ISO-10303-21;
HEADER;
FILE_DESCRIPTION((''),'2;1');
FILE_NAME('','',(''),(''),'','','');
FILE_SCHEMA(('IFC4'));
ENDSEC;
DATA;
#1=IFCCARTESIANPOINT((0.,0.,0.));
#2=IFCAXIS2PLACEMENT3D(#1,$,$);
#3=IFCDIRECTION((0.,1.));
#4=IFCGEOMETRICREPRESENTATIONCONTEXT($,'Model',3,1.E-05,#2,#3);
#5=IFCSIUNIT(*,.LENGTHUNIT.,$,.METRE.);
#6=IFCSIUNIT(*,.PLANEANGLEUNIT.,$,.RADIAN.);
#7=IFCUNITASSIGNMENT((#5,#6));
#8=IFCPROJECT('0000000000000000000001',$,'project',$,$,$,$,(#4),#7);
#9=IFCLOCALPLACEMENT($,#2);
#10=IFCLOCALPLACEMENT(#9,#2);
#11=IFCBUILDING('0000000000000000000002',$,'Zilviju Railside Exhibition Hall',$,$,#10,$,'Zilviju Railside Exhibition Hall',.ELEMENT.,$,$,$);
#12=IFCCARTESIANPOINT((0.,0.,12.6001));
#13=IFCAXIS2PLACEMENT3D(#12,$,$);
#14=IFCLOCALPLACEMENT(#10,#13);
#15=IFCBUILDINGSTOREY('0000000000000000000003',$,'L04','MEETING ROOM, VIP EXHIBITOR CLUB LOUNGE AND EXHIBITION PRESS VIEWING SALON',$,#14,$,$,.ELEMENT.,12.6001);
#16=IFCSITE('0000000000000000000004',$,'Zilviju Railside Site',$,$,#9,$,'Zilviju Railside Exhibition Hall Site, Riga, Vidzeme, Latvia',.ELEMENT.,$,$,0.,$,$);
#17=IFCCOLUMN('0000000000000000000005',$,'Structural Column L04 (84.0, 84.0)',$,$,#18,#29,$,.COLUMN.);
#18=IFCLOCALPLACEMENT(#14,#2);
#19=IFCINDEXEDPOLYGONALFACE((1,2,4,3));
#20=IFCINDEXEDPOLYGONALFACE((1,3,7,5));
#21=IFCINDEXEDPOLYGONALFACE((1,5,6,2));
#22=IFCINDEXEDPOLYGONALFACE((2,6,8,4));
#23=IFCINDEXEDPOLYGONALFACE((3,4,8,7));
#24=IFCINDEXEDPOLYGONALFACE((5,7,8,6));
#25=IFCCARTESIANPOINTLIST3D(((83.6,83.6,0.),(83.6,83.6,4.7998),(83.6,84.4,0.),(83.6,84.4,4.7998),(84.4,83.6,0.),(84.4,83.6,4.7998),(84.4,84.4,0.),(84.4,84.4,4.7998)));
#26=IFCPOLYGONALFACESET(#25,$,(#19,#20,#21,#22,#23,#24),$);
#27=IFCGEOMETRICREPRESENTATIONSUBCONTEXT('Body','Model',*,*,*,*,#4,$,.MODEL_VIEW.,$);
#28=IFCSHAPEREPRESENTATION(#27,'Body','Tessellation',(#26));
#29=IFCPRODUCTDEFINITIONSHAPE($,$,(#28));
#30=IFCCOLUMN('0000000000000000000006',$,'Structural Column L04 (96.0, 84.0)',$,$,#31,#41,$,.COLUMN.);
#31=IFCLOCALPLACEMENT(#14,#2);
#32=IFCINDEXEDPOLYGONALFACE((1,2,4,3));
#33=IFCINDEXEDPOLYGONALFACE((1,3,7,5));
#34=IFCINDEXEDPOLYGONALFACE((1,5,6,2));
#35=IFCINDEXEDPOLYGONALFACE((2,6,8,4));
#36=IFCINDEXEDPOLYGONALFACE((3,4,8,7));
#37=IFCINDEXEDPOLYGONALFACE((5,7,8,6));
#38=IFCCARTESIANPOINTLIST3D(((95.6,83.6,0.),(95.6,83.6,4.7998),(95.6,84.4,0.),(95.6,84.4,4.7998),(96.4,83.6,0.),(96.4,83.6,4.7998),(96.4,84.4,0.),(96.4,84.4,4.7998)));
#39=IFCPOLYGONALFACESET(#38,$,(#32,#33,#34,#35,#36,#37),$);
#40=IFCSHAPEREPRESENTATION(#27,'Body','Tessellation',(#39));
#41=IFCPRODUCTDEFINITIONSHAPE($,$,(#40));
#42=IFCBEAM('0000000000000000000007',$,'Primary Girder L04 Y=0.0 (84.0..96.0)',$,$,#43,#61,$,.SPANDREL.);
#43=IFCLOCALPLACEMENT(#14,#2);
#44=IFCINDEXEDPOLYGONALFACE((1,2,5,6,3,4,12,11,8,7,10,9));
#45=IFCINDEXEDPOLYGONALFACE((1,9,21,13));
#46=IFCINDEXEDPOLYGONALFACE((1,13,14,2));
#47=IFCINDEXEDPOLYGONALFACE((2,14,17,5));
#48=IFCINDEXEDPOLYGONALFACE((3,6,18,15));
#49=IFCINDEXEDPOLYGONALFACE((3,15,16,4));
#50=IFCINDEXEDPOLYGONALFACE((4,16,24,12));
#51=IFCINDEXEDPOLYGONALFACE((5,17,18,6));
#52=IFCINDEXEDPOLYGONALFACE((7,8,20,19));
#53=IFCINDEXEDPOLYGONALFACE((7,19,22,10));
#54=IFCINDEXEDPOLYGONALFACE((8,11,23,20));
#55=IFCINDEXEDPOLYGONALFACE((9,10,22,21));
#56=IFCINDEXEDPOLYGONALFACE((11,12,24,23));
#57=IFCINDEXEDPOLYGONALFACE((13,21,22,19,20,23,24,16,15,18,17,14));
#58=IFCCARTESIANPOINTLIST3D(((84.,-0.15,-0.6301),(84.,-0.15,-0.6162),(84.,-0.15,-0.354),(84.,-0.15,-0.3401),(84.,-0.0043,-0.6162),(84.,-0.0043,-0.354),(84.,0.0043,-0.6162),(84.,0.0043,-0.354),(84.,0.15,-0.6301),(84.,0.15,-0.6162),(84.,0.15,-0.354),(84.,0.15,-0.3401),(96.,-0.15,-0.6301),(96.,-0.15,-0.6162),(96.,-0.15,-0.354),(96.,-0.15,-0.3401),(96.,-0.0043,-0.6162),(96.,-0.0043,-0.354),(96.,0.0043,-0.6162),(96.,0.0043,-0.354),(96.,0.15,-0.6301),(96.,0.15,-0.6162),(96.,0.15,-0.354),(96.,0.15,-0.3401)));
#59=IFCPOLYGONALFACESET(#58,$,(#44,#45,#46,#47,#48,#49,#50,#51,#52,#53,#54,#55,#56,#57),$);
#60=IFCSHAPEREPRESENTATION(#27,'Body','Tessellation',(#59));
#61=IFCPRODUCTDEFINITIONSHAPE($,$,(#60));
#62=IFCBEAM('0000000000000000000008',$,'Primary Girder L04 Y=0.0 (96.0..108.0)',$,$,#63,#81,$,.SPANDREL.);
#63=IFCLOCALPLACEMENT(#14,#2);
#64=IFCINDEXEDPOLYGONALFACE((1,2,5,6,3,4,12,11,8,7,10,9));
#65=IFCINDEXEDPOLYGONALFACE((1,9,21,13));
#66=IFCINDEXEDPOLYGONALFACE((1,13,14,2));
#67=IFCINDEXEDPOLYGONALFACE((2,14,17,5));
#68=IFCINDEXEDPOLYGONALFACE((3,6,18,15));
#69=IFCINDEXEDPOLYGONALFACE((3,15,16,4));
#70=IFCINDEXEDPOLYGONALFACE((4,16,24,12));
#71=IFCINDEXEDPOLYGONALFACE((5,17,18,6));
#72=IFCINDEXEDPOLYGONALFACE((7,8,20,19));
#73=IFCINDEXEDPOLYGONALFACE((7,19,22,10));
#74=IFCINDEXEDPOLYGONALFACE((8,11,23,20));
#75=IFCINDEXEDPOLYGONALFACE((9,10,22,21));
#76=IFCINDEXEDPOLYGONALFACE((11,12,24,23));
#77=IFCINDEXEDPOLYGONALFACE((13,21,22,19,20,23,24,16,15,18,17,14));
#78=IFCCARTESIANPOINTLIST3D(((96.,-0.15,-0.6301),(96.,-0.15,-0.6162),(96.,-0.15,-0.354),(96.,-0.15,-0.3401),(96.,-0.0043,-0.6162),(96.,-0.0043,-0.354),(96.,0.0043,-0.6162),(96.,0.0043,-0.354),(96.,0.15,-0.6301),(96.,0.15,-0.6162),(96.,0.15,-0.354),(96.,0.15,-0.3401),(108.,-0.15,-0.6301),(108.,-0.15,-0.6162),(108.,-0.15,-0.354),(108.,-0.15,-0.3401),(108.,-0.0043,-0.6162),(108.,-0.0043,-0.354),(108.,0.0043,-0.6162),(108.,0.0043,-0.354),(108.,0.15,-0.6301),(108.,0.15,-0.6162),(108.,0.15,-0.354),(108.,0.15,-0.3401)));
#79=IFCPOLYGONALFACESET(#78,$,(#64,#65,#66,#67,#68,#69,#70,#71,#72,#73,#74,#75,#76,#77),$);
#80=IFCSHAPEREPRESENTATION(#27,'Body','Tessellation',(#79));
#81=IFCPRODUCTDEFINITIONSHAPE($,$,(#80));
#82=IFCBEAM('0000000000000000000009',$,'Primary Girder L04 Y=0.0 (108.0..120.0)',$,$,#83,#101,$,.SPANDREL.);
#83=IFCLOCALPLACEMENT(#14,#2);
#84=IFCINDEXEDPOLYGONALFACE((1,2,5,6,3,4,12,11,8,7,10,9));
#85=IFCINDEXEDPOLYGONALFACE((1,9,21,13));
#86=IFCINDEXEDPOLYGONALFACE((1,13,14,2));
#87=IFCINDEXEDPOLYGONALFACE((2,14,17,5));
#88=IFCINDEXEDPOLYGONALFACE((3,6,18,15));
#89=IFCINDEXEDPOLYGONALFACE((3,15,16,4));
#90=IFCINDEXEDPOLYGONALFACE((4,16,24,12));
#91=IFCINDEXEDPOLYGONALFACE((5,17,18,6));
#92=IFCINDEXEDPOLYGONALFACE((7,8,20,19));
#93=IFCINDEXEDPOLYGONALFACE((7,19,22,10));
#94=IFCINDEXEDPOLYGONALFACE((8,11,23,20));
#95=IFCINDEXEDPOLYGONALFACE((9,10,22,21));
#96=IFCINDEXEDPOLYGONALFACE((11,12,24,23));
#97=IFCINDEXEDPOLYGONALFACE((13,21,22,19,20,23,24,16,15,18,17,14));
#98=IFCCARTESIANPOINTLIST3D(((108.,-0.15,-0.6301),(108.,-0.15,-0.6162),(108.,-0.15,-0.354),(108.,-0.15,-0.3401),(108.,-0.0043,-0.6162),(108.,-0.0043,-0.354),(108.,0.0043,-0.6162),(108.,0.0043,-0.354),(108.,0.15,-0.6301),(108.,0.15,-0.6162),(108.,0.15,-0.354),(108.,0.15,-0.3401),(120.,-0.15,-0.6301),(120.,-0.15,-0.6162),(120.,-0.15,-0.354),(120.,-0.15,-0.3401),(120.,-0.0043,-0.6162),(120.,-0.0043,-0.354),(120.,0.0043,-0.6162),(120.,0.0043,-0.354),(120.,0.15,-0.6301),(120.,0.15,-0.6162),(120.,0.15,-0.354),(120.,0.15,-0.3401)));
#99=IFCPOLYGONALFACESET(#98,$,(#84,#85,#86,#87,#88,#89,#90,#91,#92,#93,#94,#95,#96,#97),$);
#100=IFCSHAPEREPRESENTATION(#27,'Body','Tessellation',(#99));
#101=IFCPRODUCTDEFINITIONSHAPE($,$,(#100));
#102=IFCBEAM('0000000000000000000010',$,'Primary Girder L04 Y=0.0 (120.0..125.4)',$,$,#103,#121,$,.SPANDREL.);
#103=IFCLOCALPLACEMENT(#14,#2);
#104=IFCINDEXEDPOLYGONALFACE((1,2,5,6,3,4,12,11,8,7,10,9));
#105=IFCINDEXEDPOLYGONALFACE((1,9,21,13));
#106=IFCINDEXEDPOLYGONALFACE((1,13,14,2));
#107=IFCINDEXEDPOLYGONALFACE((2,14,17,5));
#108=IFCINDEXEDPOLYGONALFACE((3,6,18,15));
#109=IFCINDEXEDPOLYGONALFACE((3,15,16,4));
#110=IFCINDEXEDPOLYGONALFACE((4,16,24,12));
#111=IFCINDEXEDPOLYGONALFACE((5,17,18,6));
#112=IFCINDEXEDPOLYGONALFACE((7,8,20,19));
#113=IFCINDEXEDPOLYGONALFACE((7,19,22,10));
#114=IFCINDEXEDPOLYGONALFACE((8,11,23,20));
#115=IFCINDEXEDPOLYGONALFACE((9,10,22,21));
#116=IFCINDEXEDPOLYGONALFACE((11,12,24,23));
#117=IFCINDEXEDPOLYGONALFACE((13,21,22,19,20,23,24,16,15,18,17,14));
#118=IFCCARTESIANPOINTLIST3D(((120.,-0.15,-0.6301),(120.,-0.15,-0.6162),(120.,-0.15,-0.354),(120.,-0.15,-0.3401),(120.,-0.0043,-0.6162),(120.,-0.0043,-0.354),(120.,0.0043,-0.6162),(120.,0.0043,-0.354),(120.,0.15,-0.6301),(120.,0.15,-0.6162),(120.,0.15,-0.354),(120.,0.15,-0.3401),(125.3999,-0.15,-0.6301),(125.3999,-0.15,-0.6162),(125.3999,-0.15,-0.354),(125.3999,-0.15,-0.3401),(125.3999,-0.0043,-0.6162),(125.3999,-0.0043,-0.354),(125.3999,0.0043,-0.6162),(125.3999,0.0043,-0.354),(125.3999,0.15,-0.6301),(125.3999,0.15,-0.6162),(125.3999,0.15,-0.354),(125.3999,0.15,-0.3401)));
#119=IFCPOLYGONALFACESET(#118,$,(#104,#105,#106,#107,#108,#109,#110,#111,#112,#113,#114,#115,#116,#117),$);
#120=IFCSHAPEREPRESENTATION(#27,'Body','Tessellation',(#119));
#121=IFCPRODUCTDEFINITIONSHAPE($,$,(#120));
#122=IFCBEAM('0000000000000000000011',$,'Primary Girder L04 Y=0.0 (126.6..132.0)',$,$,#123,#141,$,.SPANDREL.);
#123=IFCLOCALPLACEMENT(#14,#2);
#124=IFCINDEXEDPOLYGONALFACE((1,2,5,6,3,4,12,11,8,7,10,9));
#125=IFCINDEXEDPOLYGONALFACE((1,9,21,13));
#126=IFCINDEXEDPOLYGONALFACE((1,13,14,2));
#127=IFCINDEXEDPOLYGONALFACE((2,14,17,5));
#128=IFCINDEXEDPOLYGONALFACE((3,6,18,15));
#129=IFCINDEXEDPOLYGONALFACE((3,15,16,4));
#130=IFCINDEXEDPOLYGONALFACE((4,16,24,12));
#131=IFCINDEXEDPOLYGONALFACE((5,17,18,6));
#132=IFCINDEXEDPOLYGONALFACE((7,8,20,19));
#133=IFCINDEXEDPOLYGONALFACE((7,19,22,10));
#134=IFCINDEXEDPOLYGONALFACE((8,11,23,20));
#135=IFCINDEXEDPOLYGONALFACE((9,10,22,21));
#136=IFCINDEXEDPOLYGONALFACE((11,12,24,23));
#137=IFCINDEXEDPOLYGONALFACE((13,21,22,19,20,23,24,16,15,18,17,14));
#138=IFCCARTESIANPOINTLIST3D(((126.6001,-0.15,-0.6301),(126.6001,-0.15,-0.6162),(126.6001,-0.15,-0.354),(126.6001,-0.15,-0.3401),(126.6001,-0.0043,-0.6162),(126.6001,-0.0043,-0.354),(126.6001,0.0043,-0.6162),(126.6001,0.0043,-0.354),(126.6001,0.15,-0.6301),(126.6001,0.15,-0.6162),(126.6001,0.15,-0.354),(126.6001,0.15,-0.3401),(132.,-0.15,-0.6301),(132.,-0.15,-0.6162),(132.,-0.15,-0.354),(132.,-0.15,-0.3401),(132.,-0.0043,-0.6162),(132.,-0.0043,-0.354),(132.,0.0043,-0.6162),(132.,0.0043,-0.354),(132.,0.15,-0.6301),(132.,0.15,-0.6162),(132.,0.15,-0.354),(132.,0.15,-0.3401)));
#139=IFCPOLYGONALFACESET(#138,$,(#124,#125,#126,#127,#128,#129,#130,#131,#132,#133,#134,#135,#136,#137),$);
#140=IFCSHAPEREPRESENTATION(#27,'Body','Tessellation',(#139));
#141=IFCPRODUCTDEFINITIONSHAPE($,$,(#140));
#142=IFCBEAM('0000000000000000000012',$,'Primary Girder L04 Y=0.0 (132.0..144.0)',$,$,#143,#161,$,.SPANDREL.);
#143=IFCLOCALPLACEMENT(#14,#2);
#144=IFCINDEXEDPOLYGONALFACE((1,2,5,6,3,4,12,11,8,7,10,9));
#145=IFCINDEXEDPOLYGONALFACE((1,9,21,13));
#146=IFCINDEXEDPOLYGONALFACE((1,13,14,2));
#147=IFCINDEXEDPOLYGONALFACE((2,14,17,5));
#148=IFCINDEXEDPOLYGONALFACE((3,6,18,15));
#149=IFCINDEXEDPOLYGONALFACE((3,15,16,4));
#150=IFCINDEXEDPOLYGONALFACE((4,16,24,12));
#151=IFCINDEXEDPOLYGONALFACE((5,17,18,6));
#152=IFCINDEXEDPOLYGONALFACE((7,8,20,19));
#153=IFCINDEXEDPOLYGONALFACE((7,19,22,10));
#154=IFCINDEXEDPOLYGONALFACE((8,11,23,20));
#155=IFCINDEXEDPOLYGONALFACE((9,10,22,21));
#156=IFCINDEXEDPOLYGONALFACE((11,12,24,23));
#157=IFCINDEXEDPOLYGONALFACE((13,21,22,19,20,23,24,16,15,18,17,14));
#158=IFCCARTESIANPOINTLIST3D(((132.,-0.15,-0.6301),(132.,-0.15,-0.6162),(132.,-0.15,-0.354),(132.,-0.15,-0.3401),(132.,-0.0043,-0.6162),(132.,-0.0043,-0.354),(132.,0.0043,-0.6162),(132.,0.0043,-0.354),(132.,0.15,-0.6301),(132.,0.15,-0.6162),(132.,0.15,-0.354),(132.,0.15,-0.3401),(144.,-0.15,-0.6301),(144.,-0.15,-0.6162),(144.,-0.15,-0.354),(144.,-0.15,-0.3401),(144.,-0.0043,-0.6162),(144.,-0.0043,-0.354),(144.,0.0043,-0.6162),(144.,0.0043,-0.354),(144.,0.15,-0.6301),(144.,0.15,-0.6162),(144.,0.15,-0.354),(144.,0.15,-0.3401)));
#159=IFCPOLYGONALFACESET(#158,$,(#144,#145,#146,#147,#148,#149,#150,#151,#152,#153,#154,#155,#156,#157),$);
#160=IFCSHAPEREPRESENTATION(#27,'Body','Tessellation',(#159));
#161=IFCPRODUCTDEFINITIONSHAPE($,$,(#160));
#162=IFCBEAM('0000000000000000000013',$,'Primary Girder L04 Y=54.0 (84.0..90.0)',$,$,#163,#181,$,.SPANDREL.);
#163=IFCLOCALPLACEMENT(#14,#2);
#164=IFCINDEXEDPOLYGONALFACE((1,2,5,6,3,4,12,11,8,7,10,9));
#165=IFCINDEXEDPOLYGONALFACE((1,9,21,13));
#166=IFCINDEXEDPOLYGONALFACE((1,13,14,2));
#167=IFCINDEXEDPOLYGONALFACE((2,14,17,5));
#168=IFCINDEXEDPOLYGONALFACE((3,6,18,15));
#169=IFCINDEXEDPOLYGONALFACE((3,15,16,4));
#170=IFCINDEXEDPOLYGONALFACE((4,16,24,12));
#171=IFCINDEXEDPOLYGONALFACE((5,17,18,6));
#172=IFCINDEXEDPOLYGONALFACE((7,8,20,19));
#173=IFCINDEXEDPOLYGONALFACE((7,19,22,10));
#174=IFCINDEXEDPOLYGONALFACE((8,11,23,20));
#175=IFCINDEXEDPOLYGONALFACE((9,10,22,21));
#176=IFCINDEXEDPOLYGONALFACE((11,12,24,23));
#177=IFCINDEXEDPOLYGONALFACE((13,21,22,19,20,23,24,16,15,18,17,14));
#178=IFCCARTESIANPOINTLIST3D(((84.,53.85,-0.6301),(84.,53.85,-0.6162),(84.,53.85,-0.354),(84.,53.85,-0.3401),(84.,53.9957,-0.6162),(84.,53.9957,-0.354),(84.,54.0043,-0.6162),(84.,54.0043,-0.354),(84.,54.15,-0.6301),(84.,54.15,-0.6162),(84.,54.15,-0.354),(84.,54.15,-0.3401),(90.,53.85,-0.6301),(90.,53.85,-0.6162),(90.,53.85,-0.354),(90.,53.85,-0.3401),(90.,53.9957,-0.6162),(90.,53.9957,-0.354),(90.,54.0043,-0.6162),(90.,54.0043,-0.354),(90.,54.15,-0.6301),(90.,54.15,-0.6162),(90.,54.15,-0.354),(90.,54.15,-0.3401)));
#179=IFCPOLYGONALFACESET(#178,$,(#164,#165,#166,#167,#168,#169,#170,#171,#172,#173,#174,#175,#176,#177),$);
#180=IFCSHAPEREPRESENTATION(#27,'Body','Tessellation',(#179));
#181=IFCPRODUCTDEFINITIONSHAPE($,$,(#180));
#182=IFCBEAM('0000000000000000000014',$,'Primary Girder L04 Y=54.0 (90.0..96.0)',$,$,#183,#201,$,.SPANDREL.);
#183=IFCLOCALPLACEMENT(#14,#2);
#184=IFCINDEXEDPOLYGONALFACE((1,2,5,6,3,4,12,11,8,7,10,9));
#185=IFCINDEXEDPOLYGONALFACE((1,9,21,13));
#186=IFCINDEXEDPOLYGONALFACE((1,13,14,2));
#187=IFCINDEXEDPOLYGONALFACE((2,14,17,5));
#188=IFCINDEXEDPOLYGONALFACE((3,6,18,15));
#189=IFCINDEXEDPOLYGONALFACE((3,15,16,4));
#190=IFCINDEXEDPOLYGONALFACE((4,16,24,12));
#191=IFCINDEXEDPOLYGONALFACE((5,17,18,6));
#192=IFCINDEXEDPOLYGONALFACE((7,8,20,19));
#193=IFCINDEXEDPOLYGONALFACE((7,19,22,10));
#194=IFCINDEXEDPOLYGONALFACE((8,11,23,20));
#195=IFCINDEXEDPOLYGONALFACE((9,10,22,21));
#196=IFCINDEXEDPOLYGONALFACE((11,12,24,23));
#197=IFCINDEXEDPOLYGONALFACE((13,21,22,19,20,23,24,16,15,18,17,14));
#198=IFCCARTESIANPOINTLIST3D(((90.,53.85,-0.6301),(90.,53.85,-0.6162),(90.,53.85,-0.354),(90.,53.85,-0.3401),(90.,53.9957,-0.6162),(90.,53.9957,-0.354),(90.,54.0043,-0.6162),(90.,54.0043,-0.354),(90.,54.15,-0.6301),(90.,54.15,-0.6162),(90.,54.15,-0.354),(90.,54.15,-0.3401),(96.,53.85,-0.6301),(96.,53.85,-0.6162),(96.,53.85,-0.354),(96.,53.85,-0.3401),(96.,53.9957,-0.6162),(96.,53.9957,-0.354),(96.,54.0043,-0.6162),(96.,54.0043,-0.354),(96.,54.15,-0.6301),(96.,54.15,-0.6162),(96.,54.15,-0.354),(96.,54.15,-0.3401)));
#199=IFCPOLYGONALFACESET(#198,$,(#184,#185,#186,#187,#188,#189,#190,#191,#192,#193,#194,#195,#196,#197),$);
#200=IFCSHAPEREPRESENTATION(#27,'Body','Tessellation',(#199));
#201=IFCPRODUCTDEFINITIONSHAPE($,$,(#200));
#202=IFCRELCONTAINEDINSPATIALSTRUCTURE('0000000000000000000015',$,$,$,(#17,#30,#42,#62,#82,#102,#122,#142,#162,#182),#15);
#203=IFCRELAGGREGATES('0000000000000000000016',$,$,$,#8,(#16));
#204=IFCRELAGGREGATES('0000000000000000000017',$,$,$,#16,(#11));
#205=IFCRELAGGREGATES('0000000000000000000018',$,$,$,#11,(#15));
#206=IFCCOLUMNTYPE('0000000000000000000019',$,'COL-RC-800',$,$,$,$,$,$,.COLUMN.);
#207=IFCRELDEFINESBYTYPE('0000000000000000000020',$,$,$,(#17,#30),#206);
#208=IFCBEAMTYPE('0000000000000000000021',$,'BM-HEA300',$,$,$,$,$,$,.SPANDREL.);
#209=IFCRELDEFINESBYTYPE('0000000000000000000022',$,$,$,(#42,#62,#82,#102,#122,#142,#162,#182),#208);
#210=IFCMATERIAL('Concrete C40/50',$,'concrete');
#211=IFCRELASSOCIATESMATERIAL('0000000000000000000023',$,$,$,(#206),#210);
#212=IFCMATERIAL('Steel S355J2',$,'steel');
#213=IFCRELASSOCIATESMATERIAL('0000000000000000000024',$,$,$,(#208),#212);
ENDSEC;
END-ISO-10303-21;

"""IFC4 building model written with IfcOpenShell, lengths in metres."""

from ifc_helpers import new_model, si_unit, direction, frame, origin, origin_2d, place, context, subcontext, project, spatial, rectangle, i_section, extrude, material, material_profile, profile_set, type_object, element, save


model = new_model("IFC4")

# Units and contexts
model_context = context("Model", 3, precision=1e-05, world=origin(), true_north=direction((0.0, 1.0)))
body_context = subcontext(model_context, "Body", "Model", "MODEL_VIEW")
ifc_project = project(units=[si_unit("LENGTHUNIT", "METRE"), si_unit("PLANEANGLEUNIT", "RADIAN")], contexts=[model_context])

# Site, building, storey
site_placement = place(None, origin())
site = spatial("IfcSite", under=ifc_project, at=site_placement, Name="Zilviju Railside Site", LongName="Zilviju Railside Exhibition Hall Site, Riga, Vidzeme, Latvia", CompositionType="ELEMENT", RefElevation=0.0)
building_placement = place(site_placement, origin())
building = spatial("IfcBuilding", under=site, at=building_placement, Name="Zilviju Railside Exhibition Hall", LongName="Zilviju Railside Exhibition Hall", CompositionType="ELEMENT")
storey_placement = place(building_placement, frame((0.0, 0.0, 12.6001)))
storey = spatial("IfcBuildingStorey", under=building, at=storey_placement, Name="L04", Description="MEETING ROOM, VIP EXHIBITOR CLUB LOUNGE AND EXHIBITION PRESS VIEWING SALON", CompositionType="ELEMENT", Elevation=12.6001)

# Columns
ifc_material_1 = material(Name="Concrete C40/50", Category="concrete")
ifc_material_profile_1 = material_profile(ifc_material_1, rectangle(XDim=0.8, YDim=0.8, at=origin_2d()), Name="RC COL 800x800")
ifc_profile_set_1 = profile_set([ifc_material_profile_1], Name="Concrete C40/50")
column_type = type_object("IfcColumnType", Name="COL-RC-800", PredefinedType="COLUMN", material=ifc_profile_set_1)
for number, where, z_axis, x_axis, name in (
    (1, (84.0, 84.0, 0.0), (0.0, 0.0, 1.0), (1.0, 0.0, 0.0), "Structural Column L04 (84.0, 84.0)"),
    (2, (96.0, 84.0, 0.0), (0.0, 0.0, 1.0), (1.0, 0.0, 0.0), "Structural Column L04 (96.0, 84.0)"),
):
    element("IfcColumn", number, at=place(storey_placement, frame(where, z_axis=z_axis, x_axis=x_axis)), inside=storey, type_object=column_type, Name=name, PredefinedType="COLUMN", context=body_context, shape_type="SweptSolid", body=[
        extrude(rectangle(XDim=0.8, YDim=0.8, at=origin_2d()), origin(), (0.0, 0.0, 1.0), 4.7998),
    ])

# Beams
ifc_material_2 = material(Name="Steel S355J2", Category="steel")
ifc_material_profile_2 = material_profile(ifc_material_2, i_section(OverallWidth=0.3, OverallDepth=0.29, WebThickness=0.0085, FlangeThickness=0.0139, at=origin_2d()), Name="HEA 300")
ifc_profile_set_2 = profile_set([ifc_material_profile_2], Name="Steel S355J2")
beam_type = type_object("IfcBeamType", Name="BM-HEA300", PredefinedType="SPANDREL", material=ifc_profile_set_2)
for number, where, z_axis, x_axis, name in (
    (3, (84.0, 0.0, -0.4851), (1.0, 0.0, 0.0), (0.0, 1.0, 0.0), "Primary Girder L04 Y=0.0 (84.0..96.0)"),
    (4, (96.0, 0.0, -0.4851), (1.0, 0.0, 0.0), (0.0, 1.0, 0.0), "Primary Girder L04 Y=0.0 (96.0..108.0)"),
    (5, (108.0, 0.0, -0.4851), (1.0, 0.0, 0.0), (0.0, 1.0, 0.0), "Primary Girder L04 Y=0.0 (108.0..120.0)"),
):
    element("IfcBeam", number, at=place(storey_placement, frame(where, z_axis=z_axis, x_axis=x_axis)), inside=storey, type_object=beam_type, Name=name, PredefinedType="SPANDREL", context=body_context, shape_type="SweptSolid", body=[
        extrude(i_section(OverallWidth=0.3, OverallDepth=0.29, WebThickness=0.0085, FlangeThickness=0.0139, at=origin_2d()), origin(), (0.0, 0.0, 1.0), 12.0),
    ])
for number, where, z_axis, x_axis, name in (
    (6, (120.0, 0.0, -0.4851), (1.0, 0.0, 0.0), (0.0, 1.0, 0.0), "Primary Girder L04 Y=0.0 (120.0..125.4)"),
    (7, (126.6001, 0.0, -0.4851), (1.0, 0.0, 0.0), (0.0, 1.0, 0.0), "Primary Girder L04 Y=0.0 (126.6..132.0)"),
):
    element("IfcBeam", number, at=place(storey_placement, frame(where, z_axis=z_axis, x_axis=x_axis)), inside=storey, type_object=beam_type, Name=name, PredefinedType="SPANDREL", context=body_context, shape_type="SweptSolid", body=[
        extrude(i_section(OverallWidth=0.3, OverallDepth=0.29, WebThickness=0.0085, FlangeThickness=0.0139, at=origin_2d()), origin(), (0.0, 0.0, 1.0), 5.3999),
    ])
beam_1_placement = place(storey_placement, frame((132.0, 0.0, -0.4851), z_axis=(1.0, 0.0, 0.0), x_axis=(0.0, 1.0, 0.0)))
element("IfcBeam", 8, at=beam_1_placement, inside=storey, type_object=beam_type, Name="Primary Girder L04 Y=0.0 (132.0..144.0)", PredefinedType="SPANDREL", context=body_context, shape_type="SweptSolid", body=[
    extrude(i_section(OverallWidth=0.3, OverallDepth=0.29, WebThickness=0.0085, FlangeThickness=0.0139, at=origin_2d()), origin(), (0.0, 0.0, 1.0), 12.0),
])
for number, where, z_axis, x_axis, name in (
    (9, (84.0, 54.0, -0.4851), (1.0, 0.0, 0.0), (0.0, 1.0, 0.0), "Primary Girder L04 Y=54.0 (84.0..90.0)"),
    (10, (90.0, 54.0, -0.4851), (1.0, 0.0, 0.0), (0.0, 1.0, 0.0), "Primary Girder L04 Y=54.0 (90.0..96.0)"),
):
    element("IfcBeam", number, at=place(storey_placement, frame(where, z_axis=z_axis, x_axis=x_axis)), inside=storey, type_object=beam_type, Name=name, PredefinedType="SPANDREL", context=body_context, shape_type="SweptSolid", body=[
        extrude(i_section(OverallWidth=0.3, OverallDepth=0.29, WebThickness=0.0085, FlangeThickness=0.0139, at=origin_2d()), origin(), (0.0, 0.0, 1.0), 6.0),
    ])

save(model, "model.ifc")
